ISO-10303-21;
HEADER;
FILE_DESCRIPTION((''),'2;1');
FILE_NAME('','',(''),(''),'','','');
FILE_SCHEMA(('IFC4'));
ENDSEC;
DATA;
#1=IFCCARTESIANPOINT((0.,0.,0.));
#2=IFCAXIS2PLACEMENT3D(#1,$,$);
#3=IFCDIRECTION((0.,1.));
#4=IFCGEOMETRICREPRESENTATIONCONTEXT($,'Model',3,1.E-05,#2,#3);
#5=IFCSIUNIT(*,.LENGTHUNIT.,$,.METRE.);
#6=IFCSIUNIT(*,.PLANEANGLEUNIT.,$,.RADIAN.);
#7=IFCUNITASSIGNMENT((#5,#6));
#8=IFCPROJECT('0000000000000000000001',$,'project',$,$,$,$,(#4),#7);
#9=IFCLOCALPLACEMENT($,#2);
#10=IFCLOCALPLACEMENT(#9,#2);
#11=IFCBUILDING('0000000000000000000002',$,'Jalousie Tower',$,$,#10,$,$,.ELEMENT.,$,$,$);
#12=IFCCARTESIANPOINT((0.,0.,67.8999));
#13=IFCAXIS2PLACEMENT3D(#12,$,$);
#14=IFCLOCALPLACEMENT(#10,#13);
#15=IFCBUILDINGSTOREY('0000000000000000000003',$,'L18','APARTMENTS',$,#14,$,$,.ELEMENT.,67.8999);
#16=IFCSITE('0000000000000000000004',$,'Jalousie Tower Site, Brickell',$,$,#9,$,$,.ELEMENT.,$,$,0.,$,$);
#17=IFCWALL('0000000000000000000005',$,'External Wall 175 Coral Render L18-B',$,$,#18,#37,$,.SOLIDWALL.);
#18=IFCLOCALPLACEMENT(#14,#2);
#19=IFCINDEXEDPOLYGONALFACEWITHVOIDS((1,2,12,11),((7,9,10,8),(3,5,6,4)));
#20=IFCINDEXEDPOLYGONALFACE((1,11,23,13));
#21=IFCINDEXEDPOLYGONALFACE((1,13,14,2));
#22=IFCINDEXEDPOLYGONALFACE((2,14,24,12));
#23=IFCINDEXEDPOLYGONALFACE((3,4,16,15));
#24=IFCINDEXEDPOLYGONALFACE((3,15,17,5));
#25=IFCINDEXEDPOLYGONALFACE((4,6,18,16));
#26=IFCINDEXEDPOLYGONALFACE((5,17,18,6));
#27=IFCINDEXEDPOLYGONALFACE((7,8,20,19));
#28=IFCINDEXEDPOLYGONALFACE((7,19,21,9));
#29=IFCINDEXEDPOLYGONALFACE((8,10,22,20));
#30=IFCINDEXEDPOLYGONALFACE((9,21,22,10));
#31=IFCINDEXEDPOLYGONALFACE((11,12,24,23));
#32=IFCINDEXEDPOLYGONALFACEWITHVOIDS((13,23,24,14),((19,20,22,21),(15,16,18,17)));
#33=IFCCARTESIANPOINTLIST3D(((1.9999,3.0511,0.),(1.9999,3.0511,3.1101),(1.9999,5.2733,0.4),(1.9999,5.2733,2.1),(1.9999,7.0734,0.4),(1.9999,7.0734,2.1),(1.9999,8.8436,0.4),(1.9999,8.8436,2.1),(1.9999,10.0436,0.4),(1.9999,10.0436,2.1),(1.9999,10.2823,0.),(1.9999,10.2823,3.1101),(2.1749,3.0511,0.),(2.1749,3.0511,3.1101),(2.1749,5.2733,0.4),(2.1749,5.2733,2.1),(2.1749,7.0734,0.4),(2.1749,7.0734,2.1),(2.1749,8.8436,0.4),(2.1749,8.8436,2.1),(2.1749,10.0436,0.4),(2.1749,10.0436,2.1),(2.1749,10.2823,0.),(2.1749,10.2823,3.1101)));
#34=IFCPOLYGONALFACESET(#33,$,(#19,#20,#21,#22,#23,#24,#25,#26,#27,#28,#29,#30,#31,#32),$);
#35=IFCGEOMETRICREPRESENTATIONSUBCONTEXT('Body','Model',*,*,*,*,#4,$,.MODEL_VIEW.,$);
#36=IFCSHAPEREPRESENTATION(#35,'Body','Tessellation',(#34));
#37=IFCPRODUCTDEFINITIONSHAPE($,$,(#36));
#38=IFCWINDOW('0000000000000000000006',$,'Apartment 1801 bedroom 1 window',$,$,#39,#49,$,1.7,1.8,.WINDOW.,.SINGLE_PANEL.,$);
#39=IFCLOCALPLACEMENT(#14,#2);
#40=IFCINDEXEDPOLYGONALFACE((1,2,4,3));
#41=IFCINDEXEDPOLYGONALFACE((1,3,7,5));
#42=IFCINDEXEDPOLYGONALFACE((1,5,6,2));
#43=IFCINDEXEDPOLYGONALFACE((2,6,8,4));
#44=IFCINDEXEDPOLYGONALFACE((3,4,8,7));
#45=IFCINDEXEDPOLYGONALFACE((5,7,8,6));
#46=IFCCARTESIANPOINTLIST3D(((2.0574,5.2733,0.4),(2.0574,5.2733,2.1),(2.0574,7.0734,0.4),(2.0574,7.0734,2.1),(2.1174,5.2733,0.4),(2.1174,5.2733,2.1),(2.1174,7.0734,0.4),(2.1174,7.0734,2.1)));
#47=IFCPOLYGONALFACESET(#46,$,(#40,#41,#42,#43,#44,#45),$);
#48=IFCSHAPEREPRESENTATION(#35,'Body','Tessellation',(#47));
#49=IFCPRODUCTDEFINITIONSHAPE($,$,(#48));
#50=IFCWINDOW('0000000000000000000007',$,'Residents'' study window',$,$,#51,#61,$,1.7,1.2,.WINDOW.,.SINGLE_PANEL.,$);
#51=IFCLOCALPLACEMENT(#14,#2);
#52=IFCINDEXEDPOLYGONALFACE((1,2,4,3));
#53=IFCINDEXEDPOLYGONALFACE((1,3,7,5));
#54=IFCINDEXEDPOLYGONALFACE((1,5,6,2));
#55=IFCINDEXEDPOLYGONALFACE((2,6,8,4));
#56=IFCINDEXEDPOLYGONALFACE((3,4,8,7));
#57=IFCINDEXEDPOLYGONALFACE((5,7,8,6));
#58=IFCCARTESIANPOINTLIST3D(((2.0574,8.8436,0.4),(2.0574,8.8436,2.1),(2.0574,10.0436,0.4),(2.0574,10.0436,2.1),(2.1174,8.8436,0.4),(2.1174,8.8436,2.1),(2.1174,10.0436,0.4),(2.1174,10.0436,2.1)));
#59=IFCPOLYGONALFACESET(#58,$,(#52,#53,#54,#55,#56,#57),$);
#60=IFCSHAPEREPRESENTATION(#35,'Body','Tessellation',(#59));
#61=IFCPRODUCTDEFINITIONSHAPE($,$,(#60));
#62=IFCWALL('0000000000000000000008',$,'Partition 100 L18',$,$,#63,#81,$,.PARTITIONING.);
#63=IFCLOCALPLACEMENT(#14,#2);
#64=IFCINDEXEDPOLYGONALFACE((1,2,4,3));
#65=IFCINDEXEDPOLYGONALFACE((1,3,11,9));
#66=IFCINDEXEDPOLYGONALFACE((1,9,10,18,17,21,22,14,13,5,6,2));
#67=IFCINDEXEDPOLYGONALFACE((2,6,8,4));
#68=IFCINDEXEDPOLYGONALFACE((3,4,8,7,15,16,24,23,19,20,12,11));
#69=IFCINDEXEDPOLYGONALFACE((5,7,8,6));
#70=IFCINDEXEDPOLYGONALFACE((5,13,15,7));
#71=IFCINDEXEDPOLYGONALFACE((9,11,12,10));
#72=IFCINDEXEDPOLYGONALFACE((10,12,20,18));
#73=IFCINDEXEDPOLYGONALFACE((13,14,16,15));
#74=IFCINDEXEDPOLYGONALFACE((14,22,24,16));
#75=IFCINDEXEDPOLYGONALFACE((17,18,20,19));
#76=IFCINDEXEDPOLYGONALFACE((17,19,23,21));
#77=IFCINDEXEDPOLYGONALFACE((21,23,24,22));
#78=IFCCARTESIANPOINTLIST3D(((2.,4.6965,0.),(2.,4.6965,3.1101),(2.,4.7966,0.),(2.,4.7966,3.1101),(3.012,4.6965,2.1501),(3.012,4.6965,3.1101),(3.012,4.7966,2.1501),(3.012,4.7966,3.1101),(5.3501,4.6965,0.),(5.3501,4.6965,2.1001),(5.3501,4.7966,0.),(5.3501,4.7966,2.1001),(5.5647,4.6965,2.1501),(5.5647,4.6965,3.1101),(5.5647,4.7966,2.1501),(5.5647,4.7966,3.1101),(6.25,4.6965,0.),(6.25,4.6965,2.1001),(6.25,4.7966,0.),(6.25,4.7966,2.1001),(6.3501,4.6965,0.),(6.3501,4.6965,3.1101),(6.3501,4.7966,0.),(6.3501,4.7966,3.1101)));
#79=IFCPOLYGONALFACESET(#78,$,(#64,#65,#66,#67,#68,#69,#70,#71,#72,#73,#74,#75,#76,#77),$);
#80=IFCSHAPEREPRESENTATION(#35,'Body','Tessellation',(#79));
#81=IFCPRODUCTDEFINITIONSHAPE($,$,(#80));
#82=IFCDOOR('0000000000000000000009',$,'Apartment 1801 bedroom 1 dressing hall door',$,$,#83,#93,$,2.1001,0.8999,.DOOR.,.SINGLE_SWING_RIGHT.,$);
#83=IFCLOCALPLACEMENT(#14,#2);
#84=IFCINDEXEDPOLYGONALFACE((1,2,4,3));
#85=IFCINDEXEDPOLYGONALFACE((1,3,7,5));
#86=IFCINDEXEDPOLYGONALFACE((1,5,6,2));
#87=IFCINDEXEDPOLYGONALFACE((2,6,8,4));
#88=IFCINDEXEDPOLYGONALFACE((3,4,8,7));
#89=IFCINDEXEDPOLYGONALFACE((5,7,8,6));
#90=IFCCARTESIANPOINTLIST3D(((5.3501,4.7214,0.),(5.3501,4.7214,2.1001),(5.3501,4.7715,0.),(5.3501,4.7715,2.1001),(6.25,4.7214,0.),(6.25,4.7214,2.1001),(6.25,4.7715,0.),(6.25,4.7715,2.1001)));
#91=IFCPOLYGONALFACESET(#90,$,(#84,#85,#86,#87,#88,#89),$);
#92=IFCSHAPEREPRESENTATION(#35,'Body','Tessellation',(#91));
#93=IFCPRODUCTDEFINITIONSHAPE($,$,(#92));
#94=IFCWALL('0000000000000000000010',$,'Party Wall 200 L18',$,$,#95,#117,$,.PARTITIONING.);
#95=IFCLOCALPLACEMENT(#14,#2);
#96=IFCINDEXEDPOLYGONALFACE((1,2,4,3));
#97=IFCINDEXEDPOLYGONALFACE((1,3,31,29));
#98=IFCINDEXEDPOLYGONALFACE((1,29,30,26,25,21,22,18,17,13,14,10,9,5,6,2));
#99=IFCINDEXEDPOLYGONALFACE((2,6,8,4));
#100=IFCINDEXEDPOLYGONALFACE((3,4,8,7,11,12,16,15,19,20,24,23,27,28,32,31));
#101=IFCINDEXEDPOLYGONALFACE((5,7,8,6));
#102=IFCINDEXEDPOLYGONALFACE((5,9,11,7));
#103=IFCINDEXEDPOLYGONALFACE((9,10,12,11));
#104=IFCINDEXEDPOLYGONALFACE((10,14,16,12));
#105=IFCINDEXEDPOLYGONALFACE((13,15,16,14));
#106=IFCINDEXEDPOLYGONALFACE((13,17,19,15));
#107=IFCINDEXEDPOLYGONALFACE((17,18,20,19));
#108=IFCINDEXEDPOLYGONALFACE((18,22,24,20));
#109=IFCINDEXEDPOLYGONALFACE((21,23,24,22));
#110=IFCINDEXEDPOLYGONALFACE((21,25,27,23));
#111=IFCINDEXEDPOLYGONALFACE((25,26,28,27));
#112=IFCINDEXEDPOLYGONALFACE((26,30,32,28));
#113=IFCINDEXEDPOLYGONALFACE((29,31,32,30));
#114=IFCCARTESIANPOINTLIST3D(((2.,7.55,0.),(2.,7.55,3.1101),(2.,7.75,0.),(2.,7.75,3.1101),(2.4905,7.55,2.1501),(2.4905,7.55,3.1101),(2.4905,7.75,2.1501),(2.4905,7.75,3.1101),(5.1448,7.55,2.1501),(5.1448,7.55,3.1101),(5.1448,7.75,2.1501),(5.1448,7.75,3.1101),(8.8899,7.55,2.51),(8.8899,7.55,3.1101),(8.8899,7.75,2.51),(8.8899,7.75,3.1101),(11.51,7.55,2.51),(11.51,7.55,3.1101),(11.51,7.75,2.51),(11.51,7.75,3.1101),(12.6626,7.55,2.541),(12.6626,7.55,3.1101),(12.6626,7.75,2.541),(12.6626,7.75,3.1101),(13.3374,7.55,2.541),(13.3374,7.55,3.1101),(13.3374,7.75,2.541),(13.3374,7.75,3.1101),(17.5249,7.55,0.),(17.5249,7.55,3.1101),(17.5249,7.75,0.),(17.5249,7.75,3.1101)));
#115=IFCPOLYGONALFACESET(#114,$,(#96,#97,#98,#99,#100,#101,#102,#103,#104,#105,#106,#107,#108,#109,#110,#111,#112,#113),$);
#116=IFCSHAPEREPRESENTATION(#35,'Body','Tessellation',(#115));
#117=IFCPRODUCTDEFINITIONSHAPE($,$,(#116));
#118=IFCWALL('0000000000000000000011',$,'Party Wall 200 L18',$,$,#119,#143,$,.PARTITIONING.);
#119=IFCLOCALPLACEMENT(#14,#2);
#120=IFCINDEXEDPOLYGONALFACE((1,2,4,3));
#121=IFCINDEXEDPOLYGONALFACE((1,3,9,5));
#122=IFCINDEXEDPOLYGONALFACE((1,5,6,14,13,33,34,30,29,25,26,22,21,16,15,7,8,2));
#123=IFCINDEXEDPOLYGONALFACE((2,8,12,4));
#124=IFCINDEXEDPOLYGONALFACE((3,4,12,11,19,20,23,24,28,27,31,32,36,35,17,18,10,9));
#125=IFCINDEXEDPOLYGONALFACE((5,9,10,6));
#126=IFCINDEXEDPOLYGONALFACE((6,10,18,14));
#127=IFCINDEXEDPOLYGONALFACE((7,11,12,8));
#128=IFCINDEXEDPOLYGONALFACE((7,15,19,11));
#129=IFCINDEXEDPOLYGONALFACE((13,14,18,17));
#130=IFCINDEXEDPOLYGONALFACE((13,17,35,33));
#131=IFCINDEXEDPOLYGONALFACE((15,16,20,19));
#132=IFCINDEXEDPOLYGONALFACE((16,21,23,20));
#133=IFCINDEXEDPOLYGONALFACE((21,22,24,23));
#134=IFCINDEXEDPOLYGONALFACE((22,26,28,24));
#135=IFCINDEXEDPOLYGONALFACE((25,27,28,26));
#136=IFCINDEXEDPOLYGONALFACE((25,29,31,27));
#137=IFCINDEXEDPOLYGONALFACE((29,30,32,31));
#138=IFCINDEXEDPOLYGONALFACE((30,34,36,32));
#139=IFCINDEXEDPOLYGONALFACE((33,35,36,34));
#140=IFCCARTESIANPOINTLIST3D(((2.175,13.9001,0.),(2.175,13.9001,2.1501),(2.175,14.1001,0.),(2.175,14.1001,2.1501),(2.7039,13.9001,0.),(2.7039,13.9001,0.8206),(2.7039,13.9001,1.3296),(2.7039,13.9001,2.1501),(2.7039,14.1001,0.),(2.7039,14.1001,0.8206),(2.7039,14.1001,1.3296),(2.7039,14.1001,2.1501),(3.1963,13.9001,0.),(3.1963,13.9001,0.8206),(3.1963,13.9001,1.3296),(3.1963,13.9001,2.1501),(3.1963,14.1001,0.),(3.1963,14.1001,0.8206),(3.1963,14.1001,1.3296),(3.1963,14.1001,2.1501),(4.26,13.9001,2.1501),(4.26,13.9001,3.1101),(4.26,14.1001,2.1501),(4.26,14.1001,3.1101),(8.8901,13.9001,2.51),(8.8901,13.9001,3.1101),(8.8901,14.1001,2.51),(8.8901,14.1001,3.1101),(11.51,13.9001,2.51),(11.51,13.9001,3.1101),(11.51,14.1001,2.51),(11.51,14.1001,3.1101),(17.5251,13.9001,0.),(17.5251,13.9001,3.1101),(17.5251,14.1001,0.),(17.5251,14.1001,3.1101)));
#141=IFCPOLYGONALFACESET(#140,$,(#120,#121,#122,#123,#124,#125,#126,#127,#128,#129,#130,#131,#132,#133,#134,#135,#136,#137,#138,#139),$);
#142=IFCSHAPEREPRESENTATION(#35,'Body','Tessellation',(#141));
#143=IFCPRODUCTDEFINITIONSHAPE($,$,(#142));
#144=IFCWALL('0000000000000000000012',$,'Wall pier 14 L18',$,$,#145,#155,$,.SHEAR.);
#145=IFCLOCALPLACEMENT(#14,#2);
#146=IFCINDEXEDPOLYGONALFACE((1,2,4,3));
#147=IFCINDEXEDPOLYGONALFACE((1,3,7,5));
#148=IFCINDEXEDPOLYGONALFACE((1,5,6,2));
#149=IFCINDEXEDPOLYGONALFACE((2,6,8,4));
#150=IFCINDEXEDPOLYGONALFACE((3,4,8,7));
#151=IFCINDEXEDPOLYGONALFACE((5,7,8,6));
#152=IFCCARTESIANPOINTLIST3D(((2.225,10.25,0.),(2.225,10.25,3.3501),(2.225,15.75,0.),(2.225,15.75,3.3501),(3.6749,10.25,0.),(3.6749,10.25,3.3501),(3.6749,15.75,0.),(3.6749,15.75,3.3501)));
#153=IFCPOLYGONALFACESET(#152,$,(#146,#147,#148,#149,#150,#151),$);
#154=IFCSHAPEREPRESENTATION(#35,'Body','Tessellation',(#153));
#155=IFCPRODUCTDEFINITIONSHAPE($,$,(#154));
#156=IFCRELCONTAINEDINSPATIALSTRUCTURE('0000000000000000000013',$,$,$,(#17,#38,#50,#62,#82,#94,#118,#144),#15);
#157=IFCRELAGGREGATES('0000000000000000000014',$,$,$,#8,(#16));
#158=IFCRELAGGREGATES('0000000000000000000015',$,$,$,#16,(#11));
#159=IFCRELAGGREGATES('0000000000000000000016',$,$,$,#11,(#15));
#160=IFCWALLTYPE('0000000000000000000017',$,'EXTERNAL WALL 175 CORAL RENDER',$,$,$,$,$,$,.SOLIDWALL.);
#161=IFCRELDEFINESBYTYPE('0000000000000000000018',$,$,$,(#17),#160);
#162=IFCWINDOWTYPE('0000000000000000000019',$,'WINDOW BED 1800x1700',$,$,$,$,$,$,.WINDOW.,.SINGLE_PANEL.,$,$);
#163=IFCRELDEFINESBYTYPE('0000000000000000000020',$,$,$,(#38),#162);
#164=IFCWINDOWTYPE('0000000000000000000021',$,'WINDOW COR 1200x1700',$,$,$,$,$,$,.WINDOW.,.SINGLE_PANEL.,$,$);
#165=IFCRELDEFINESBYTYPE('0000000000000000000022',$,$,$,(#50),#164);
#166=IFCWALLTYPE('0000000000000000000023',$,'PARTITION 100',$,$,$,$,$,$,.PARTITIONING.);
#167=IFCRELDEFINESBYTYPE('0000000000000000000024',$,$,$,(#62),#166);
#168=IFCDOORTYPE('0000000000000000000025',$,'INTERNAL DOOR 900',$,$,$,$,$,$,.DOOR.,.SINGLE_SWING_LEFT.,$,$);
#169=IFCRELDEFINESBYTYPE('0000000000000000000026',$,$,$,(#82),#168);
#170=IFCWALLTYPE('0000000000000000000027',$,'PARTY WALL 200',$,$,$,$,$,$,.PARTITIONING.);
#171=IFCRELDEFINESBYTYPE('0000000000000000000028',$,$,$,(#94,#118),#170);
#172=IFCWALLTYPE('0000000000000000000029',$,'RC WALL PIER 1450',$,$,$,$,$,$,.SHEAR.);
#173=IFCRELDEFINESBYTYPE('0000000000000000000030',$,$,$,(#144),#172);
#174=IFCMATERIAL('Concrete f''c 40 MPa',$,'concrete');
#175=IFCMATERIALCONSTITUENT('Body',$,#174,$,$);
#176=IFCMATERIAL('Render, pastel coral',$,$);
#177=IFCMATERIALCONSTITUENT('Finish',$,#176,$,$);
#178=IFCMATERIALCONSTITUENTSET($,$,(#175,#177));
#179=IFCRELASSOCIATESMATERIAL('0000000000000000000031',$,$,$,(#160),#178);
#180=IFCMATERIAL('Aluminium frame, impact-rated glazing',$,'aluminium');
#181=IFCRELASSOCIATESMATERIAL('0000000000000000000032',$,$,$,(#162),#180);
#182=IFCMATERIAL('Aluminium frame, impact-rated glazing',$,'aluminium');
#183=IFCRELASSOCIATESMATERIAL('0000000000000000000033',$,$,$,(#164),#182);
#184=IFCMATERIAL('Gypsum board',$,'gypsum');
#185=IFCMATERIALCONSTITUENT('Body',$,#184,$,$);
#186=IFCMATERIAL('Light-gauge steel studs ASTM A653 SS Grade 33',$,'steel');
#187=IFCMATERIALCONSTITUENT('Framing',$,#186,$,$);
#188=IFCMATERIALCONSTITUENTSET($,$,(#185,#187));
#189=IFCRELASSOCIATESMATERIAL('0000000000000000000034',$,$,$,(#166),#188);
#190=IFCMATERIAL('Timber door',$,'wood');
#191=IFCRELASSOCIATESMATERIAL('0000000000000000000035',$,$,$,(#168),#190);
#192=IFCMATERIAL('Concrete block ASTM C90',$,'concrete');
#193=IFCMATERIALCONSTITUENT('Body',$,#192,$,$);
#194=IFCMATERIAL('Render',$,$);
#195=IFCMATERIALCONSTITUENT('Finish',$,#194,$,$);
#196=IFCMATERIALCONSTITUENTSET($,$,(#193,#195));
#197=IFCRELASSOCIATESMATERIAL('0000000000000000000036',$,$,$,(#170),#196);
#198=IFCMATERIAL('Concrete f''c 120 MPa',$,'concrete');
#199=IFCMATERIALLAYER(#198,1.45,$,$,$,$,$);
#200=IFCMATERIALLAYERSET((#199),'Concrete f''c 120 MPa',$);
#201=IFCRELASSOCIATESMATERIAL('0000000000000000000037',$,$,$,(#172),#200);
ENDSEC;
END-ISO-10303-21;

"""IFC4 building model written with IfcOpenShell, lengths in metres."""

from ifc_helpers import new_model, si_unit, direction, frame, frame_2d, origin, place, context, subcontext, project, spatial, polyline, rectangle, outline, extrude, material, layer, layer_set, constituent, constituent_set, type_object, element, fill, save


model = new_model("IFC4")

# Units and contexts
model_context = context("Model", 3, precision=1e-05, world=origin(), true_north=direction((0.0, 1.0)))
body_context = subcontext(model_context, "Body", "Model", "MODEL_VIEW")
ifc_project = project(units=[si_unit("LENGTHUNIT", "METRE"), si_unit("PLANEANGLEUNIT", "RADIAN")], contexts=[model_context])

# Site, building, storey
site_placement = place(None, origin())
site = spatial("IfcSite", under=ifc_project, at=site_placement, Name="Jalousie Tower Site, Brickell", CompositionType="ELEMENT", RefElevation=0.0)
building_placement = place(site_placement, origin())
building = spatial("IfcBuilding", under=site, at=building_placement, Name="Jalousie Tower", CompositionType="ELEMENT")
storey_placement = place(building_placement, frame((0.0, 0.0, 67.8999)))
storey = spatial("IfcBuildingStorey", under=building, at=storey_placement, Name="L18", Description="APARTMENTS", CompositionType="ELEMENT", Elevation=67.8999)

# Wall, openings, windows
ifc_material_1 = material(Name="Concrete f'c 40 MPa", Category="concrete")
ifc_constituent_1 = constituent(ifc_material_1, Name="Body")
ifc_material_2 = material(Name="Render, pastel coral")
ifc_constituent_2 = constituent(ifc_material_2, Name="Finish")
ifc_constituent_set_1 = constituent_set(constituents=[ifc_constituent_1, ifc_constituent_2])
wall_type_1 = type_object("IfcWallType", Name="EXTERNAL WALL 175 CORAL RENDER", PredefinedType="SOLIDWALL", material=ifc_constituent_set_1)
wall_1_placement = place(storey_placement, frame((2.0874, 10.2825, 0.0), z_axis=(0.0, 0.0, 1.0), x_axis=(0.0, -1.0, 0.0)))
wall_1 = element("IfcWall", 1, at=wall_1_placement, inside=storey, type_object=wall_type_1, Name="External Wall 175 Coral Render L18-B", PredefinedType="SOLIDWALL", context=body_context, shape_type="SweptSolid", body=[
    extrude(rectangle(XDim=7.2312, YDim=0.175, at=frame_2d((3.6157, 0.0))), origin(), (0.0, 0.0, 1.0), 3.1101),
])
opening_1_placement = place(wall_1_placement, frame((0.2388, 0.0, 0.3999)))
opening_1 = element("IfcOpeningElement", 2, at=opening_1_placement, cuts=wall_1, PredefinedType="OPENING", context=body_context, shape_type="SweptSolid", body=[
    extrude(rectangle(XDim=1.2, YDim=1.7, at=frame_2d((0.6001, 0.8501))), frame((0.0, 0.0974, 0.0), z_axis=(0.0, -1.0, 0.0), x_axis=(1.0, 0.0, 0.0)), (0.0, 0.0, 1.0), 0.1951),
])
opening_2_placement = place(wall_1_placement, frame((3.2092, 0.0, 0.3999)))
opening_2 = element("IfcOpeningElement", 3, at=opening_2_placement, cuts=wall_1, PredefinedType="OPENING", context=body_context, shape_type="SweptSolid", body=[
    extrude(rectangle(XDim=1.8, YDim=1.7, at=frame_2d((0.8999, 0.8501))), frame((0.0, 0.0974, 0.0), z_axis=(0.0, -1.0, 0.0), x_axis=(1.0, 0.0, 0.0)), (0.0, 0.0, 1.0), 0.1951),
])
ifc_material_3 = material(Name="Aluminium frame, impact-rated glazing", Category="aluminium")
window_type_1 = type_object("IfcWindowType", Name="WINDOW BED 1800x1700", PartitioningType="SINGLE_PANEL", PredefinedType="WINDOW", material=ifc_material_3)
window_1_placement = place(opening_2_placement, origin())
window_1 = element("IfcWindow", 4, at=window_1_placement, inside=storey, type_object=window_type_1, Name="Apartment 1801 bedroom 1 window", OverallHeight=1.7, OverallWidth=1.8, PartitioningType="SINGLE_PANEL", PredefinedType="WINDOW", context=body_context, shape_type="SweptSolid", body=[
    extrude(rectangle(XDim=1.8, YDim=1.7, at=frame_2d((0.8999, 0.8501))), frame((0.0, 0.03, 0.0), z_axis=(0.0, -1.0, 0.0), x_axis=(1.0, 0.0, 0.0)), (0.0, 0.0, 1.0), 0.0601),
])
fill(opening_2, window_1)
ifc_material_4 = material(Name="Aluminium frame, impact-rated glazing", Category="aluminium")
window_type_2 = type_object("IfcWindowType", Name="WINDOW COR 1200x1700", PartitioningType="SINGLE_PANEL", PredefinedType="WINDOW", material=ifc_material_4)
window_2_placement = place(opening_1_placement, origin())
window_2 = element("IfcWindow", 5, at=window_2_placement, inside=storey, type_object=window_type_2, Name="Residents' study window", OverallHeight=1.7, OverallWidth=1.2, PartitioningType="SINGLE_PANEL", PredefinedType="WINDOW", context=body_context, shape_type="SweptSolid", body=[
    extrude(rectangle(XDim=1.2, YDim=1.7, at=frame_2d((0.6001, 0.8501))), frame((0.0, 0.03, 0.0), z_axis=(0.0, -1.0, 0.0), x_axis=(1.0, 0.0, 0.0)), (0.0, 0.0, 1.0), 0.0601),
])
fill(opening_1, window_2)

# Wall, opening, door
ifc_material_5 = material(Name="Gypsum board", Category="gypsum")
ifc_constituent_3 = constituent(ifc_material_5, Name="Body")
ifc_material_6 = material(Name="Light-gauge steel studs ASTM A653 SS Grade 33", Category="steel")
ifc_constituent_4 = constituent(ifc_material_6, Name="Framing")
ifc_constituent_set_2 = constituent_set(constituents=[ifc_constituent_3, ifc_constituent_4])
wall_type_2 = type_object("IfcWallType", Name="PARTITION 100", PredefinedType="PARTITIONING", material=ifc_constituent_set_2)
wall_2_placement = place(storey_placement, frame((2.0, 4.7466, 0.0), z_axis=(0.0, 0.0, 1.0), x_axis=(1.0, 0.0, 0.0)))
wall_2 = element("IfcWall", 6, at=wall_2_placement, inside=storey, type_object=wall_type_2, Name="Partition 100 L18", PredefinedType="PARTITIONING", context=body_context, shape_type="SweptSolid", body=[
    extrude(outline(polyline([(0.0, 0.0), (4.3501, 0.0), (4.3501, 3.1101), (3.5647, 3.1101), (3.5647, 2.1501), (1.012, 2.1501), (1.012, 3.1101), (0.0, 3.1101), (0.0, 0.0)])), frame((0.0, 0.05, 0.0), z_axis=(0.0, -1.0, 0.0), x_axis=(1.0, 0.0, 0.0)), (0.0, 0.0, 1.0), 0.1001),
])
opening_3_placement = place(wall_2_placement, frame((3.3501, 0.0, 0.0)))
opening_3 = element("IfcOpeningElement", 7, at=opening_3_placement, cuts=wall_2, PredefinedType="OPENING", context=body_context, shape_type="SweptSolid", body=[
    extrude(rectangle(XDim=0.8999, YDim=2.1001, at=frame_2d((0.45, 1.05))), frame((0.0, 0.0601, 0.0), z_axis=(0.0, -1.0, 0.0), x_axis=(1.0, 0.0, 0.0)), (0.0, 0.0, 1.0), 0.1201),
])
ifc_material_7 = material(Name="Timber door", Category="wood")
door_type_1 = type_object("IfcDoorType", Name="INTERNAL DOOR 900", OperationType="SINGLE_SWING_LEFT", PredefinedType="DOOR", material=ifc_material_7)
door_1_placement = place(opening_3_placement, origin())
door_1 = element("IfcDoor", 8, at=door_1_placement, inside=storey, type_object=door_type_1, Name="Apartment 1801 bedroom 1 dressing hall door", OperationType="SINGLE_SWING_RIGHT", OverallHeight=2.1001, OverallWidth=0.8999, PredefinedType="DOOR", context=body_context, shape_type="SweptSolid", body=[
    extrude(rectangle(XDim=0.8999, YDim=2.1001, at=frame_2d((0.45, 1.05))), frame((0.0, 0.0249, 0.0), z_axis=(0.0, -1.0, 0.0), x_axis=(1.0, 0.0, 0.0)), (0.0, 0.0, 1.0), 0.05),
])
fill(opening_3, door_1)

# Walls
ifc_material_8 = material(Name="Concrete block ASTM C90", Category="concrete")
ifc_constituent_5 = constituent(ifc_material_8, Name="Body")
ifc_material_9 = material(Name="Render")
ifc_constituent_6 = constituent(ifc_material_9, Name="Finish")
ifc_constituent_set_3 = constituent_set(constituents=[ifc_constituent_5, ifc_constituent_6])
wall_type_3 = type_object("IfcWallType", Name="PARTY WALL 200", PredefinedType="PARTITIONING", material=ifc_constituent_set_3)
wall_3_placement = place(storey_placement, frame((2.0, 7.6499, 0.0), z_axis=(0.0, 0.0, 1.0), x_axis=(1.0, 0.0, 0.0)))
element("IfcWall", 9, at=wall_3_placement, inside=storey, type_object=wall_type_3, Name="Party Wall 200 L18", PredefinedType="PARTITIONING", context=body_context, shape_type="SweptSolid", body=[
    extrude(outline(polyline([(0.0, 0.0), (15.5249, 0.0), (15.5249, 3.1101), (11.3374, 3.1101), (11.3374, 2.541), (10.6626, 2.541), (10.6626, 3.1101), (9.51, 3.1101), (9.51, 2.51), (6.8899, 2.51), (6.8899, 3.1101), (3.1448, 3.1101), (3.1448, 2.1501), (0.4905, 2.1501), (0.4905, 3.1101), (0.0, 3.1101), (0.0, 0.0)])), frame((0.0, 0.1001, 0.0), z_axis=(0.0, -1.0, 0.0), x_axis=(1.0, 0.0, 0.0)), (0.0, 0.0, 1.0), 0.2),
])
wall_4_placement = place(storey_placement, frame((2.175, 14.0, 0.0), z_axis=(0.0, 0.0, 1.0), x_axis=(1.0, 0.0, 0.0)))
element("IfcWall", 10, at=wall_4_placement, inside=storey, type_object=wall_type_3, Name="Party Wall 200 L18", PredefinedType="PARTITIONING", context=body_context, shape_type="SweptSolid", body=[
    extrude(outline(polyline([(0.5288, 2.1501), (0.0, 2.1501), (0.0, 0.0), (0.5288, 0.0), (0.5288, 0.8206), (1.0212, 0.8206), (1.0212, 0.0), (15.3501, 0.0), (15.3501, 3.1101), (9.335, 3.1101), (9.335, 2.51), (6.7151, 2.51), (6.7151, 3.1101), (2.085, 3.1101), (2.085, 2.1501), (1.0212, 2.1501), (1.0212, 1.3296), (0.5288, 1.3296), (0.5288, 2.1501)])), frame((0.0, 0.1001, 0.0), z_axis=(0.0, -1.0, 0.0), x_axis=(1.0, 0.0, 0.0)), (0.0, 0.0, 1.0), 0.2),
])
ifc_material_10 = material(Name="Concrete f'c 120 MPa", Category="concrete")
ifc_layer_1 = layer(ifc_material_10, 1.45)
ifc_layer_set_1 = layer_set([ifc_layer_1], Name="Concrete f'c 120 MPa")
wall_type_4 = type_object("IfcWallType", Name="RC WALL PIER 1450", PredefinedType="SHEAR", material=ifc_layer_set_1)
wall_5_placement = place(storey_placement, frame((2.95, 10.25, 0.0), z_axis=(0.0, 0.0, 1.0), x_axis=(0.0, 1.0, 0.0)))
element("IfcWall", 11, at=wall_5_placement, inside=storey, type_object=wall_type_4, Name="Wall pier 14 L18", PredefinedType="SHEAR", context=body_context, shape_type="SweptSolid", body=[
    extrude(rectangle(XDim=5.5, YDim=1.45, at=frame_2d((2.75, 0.0))), origin(), (0.0, 0.0, 1.0), 3.3501),
])

save(model, "model.ifc")
